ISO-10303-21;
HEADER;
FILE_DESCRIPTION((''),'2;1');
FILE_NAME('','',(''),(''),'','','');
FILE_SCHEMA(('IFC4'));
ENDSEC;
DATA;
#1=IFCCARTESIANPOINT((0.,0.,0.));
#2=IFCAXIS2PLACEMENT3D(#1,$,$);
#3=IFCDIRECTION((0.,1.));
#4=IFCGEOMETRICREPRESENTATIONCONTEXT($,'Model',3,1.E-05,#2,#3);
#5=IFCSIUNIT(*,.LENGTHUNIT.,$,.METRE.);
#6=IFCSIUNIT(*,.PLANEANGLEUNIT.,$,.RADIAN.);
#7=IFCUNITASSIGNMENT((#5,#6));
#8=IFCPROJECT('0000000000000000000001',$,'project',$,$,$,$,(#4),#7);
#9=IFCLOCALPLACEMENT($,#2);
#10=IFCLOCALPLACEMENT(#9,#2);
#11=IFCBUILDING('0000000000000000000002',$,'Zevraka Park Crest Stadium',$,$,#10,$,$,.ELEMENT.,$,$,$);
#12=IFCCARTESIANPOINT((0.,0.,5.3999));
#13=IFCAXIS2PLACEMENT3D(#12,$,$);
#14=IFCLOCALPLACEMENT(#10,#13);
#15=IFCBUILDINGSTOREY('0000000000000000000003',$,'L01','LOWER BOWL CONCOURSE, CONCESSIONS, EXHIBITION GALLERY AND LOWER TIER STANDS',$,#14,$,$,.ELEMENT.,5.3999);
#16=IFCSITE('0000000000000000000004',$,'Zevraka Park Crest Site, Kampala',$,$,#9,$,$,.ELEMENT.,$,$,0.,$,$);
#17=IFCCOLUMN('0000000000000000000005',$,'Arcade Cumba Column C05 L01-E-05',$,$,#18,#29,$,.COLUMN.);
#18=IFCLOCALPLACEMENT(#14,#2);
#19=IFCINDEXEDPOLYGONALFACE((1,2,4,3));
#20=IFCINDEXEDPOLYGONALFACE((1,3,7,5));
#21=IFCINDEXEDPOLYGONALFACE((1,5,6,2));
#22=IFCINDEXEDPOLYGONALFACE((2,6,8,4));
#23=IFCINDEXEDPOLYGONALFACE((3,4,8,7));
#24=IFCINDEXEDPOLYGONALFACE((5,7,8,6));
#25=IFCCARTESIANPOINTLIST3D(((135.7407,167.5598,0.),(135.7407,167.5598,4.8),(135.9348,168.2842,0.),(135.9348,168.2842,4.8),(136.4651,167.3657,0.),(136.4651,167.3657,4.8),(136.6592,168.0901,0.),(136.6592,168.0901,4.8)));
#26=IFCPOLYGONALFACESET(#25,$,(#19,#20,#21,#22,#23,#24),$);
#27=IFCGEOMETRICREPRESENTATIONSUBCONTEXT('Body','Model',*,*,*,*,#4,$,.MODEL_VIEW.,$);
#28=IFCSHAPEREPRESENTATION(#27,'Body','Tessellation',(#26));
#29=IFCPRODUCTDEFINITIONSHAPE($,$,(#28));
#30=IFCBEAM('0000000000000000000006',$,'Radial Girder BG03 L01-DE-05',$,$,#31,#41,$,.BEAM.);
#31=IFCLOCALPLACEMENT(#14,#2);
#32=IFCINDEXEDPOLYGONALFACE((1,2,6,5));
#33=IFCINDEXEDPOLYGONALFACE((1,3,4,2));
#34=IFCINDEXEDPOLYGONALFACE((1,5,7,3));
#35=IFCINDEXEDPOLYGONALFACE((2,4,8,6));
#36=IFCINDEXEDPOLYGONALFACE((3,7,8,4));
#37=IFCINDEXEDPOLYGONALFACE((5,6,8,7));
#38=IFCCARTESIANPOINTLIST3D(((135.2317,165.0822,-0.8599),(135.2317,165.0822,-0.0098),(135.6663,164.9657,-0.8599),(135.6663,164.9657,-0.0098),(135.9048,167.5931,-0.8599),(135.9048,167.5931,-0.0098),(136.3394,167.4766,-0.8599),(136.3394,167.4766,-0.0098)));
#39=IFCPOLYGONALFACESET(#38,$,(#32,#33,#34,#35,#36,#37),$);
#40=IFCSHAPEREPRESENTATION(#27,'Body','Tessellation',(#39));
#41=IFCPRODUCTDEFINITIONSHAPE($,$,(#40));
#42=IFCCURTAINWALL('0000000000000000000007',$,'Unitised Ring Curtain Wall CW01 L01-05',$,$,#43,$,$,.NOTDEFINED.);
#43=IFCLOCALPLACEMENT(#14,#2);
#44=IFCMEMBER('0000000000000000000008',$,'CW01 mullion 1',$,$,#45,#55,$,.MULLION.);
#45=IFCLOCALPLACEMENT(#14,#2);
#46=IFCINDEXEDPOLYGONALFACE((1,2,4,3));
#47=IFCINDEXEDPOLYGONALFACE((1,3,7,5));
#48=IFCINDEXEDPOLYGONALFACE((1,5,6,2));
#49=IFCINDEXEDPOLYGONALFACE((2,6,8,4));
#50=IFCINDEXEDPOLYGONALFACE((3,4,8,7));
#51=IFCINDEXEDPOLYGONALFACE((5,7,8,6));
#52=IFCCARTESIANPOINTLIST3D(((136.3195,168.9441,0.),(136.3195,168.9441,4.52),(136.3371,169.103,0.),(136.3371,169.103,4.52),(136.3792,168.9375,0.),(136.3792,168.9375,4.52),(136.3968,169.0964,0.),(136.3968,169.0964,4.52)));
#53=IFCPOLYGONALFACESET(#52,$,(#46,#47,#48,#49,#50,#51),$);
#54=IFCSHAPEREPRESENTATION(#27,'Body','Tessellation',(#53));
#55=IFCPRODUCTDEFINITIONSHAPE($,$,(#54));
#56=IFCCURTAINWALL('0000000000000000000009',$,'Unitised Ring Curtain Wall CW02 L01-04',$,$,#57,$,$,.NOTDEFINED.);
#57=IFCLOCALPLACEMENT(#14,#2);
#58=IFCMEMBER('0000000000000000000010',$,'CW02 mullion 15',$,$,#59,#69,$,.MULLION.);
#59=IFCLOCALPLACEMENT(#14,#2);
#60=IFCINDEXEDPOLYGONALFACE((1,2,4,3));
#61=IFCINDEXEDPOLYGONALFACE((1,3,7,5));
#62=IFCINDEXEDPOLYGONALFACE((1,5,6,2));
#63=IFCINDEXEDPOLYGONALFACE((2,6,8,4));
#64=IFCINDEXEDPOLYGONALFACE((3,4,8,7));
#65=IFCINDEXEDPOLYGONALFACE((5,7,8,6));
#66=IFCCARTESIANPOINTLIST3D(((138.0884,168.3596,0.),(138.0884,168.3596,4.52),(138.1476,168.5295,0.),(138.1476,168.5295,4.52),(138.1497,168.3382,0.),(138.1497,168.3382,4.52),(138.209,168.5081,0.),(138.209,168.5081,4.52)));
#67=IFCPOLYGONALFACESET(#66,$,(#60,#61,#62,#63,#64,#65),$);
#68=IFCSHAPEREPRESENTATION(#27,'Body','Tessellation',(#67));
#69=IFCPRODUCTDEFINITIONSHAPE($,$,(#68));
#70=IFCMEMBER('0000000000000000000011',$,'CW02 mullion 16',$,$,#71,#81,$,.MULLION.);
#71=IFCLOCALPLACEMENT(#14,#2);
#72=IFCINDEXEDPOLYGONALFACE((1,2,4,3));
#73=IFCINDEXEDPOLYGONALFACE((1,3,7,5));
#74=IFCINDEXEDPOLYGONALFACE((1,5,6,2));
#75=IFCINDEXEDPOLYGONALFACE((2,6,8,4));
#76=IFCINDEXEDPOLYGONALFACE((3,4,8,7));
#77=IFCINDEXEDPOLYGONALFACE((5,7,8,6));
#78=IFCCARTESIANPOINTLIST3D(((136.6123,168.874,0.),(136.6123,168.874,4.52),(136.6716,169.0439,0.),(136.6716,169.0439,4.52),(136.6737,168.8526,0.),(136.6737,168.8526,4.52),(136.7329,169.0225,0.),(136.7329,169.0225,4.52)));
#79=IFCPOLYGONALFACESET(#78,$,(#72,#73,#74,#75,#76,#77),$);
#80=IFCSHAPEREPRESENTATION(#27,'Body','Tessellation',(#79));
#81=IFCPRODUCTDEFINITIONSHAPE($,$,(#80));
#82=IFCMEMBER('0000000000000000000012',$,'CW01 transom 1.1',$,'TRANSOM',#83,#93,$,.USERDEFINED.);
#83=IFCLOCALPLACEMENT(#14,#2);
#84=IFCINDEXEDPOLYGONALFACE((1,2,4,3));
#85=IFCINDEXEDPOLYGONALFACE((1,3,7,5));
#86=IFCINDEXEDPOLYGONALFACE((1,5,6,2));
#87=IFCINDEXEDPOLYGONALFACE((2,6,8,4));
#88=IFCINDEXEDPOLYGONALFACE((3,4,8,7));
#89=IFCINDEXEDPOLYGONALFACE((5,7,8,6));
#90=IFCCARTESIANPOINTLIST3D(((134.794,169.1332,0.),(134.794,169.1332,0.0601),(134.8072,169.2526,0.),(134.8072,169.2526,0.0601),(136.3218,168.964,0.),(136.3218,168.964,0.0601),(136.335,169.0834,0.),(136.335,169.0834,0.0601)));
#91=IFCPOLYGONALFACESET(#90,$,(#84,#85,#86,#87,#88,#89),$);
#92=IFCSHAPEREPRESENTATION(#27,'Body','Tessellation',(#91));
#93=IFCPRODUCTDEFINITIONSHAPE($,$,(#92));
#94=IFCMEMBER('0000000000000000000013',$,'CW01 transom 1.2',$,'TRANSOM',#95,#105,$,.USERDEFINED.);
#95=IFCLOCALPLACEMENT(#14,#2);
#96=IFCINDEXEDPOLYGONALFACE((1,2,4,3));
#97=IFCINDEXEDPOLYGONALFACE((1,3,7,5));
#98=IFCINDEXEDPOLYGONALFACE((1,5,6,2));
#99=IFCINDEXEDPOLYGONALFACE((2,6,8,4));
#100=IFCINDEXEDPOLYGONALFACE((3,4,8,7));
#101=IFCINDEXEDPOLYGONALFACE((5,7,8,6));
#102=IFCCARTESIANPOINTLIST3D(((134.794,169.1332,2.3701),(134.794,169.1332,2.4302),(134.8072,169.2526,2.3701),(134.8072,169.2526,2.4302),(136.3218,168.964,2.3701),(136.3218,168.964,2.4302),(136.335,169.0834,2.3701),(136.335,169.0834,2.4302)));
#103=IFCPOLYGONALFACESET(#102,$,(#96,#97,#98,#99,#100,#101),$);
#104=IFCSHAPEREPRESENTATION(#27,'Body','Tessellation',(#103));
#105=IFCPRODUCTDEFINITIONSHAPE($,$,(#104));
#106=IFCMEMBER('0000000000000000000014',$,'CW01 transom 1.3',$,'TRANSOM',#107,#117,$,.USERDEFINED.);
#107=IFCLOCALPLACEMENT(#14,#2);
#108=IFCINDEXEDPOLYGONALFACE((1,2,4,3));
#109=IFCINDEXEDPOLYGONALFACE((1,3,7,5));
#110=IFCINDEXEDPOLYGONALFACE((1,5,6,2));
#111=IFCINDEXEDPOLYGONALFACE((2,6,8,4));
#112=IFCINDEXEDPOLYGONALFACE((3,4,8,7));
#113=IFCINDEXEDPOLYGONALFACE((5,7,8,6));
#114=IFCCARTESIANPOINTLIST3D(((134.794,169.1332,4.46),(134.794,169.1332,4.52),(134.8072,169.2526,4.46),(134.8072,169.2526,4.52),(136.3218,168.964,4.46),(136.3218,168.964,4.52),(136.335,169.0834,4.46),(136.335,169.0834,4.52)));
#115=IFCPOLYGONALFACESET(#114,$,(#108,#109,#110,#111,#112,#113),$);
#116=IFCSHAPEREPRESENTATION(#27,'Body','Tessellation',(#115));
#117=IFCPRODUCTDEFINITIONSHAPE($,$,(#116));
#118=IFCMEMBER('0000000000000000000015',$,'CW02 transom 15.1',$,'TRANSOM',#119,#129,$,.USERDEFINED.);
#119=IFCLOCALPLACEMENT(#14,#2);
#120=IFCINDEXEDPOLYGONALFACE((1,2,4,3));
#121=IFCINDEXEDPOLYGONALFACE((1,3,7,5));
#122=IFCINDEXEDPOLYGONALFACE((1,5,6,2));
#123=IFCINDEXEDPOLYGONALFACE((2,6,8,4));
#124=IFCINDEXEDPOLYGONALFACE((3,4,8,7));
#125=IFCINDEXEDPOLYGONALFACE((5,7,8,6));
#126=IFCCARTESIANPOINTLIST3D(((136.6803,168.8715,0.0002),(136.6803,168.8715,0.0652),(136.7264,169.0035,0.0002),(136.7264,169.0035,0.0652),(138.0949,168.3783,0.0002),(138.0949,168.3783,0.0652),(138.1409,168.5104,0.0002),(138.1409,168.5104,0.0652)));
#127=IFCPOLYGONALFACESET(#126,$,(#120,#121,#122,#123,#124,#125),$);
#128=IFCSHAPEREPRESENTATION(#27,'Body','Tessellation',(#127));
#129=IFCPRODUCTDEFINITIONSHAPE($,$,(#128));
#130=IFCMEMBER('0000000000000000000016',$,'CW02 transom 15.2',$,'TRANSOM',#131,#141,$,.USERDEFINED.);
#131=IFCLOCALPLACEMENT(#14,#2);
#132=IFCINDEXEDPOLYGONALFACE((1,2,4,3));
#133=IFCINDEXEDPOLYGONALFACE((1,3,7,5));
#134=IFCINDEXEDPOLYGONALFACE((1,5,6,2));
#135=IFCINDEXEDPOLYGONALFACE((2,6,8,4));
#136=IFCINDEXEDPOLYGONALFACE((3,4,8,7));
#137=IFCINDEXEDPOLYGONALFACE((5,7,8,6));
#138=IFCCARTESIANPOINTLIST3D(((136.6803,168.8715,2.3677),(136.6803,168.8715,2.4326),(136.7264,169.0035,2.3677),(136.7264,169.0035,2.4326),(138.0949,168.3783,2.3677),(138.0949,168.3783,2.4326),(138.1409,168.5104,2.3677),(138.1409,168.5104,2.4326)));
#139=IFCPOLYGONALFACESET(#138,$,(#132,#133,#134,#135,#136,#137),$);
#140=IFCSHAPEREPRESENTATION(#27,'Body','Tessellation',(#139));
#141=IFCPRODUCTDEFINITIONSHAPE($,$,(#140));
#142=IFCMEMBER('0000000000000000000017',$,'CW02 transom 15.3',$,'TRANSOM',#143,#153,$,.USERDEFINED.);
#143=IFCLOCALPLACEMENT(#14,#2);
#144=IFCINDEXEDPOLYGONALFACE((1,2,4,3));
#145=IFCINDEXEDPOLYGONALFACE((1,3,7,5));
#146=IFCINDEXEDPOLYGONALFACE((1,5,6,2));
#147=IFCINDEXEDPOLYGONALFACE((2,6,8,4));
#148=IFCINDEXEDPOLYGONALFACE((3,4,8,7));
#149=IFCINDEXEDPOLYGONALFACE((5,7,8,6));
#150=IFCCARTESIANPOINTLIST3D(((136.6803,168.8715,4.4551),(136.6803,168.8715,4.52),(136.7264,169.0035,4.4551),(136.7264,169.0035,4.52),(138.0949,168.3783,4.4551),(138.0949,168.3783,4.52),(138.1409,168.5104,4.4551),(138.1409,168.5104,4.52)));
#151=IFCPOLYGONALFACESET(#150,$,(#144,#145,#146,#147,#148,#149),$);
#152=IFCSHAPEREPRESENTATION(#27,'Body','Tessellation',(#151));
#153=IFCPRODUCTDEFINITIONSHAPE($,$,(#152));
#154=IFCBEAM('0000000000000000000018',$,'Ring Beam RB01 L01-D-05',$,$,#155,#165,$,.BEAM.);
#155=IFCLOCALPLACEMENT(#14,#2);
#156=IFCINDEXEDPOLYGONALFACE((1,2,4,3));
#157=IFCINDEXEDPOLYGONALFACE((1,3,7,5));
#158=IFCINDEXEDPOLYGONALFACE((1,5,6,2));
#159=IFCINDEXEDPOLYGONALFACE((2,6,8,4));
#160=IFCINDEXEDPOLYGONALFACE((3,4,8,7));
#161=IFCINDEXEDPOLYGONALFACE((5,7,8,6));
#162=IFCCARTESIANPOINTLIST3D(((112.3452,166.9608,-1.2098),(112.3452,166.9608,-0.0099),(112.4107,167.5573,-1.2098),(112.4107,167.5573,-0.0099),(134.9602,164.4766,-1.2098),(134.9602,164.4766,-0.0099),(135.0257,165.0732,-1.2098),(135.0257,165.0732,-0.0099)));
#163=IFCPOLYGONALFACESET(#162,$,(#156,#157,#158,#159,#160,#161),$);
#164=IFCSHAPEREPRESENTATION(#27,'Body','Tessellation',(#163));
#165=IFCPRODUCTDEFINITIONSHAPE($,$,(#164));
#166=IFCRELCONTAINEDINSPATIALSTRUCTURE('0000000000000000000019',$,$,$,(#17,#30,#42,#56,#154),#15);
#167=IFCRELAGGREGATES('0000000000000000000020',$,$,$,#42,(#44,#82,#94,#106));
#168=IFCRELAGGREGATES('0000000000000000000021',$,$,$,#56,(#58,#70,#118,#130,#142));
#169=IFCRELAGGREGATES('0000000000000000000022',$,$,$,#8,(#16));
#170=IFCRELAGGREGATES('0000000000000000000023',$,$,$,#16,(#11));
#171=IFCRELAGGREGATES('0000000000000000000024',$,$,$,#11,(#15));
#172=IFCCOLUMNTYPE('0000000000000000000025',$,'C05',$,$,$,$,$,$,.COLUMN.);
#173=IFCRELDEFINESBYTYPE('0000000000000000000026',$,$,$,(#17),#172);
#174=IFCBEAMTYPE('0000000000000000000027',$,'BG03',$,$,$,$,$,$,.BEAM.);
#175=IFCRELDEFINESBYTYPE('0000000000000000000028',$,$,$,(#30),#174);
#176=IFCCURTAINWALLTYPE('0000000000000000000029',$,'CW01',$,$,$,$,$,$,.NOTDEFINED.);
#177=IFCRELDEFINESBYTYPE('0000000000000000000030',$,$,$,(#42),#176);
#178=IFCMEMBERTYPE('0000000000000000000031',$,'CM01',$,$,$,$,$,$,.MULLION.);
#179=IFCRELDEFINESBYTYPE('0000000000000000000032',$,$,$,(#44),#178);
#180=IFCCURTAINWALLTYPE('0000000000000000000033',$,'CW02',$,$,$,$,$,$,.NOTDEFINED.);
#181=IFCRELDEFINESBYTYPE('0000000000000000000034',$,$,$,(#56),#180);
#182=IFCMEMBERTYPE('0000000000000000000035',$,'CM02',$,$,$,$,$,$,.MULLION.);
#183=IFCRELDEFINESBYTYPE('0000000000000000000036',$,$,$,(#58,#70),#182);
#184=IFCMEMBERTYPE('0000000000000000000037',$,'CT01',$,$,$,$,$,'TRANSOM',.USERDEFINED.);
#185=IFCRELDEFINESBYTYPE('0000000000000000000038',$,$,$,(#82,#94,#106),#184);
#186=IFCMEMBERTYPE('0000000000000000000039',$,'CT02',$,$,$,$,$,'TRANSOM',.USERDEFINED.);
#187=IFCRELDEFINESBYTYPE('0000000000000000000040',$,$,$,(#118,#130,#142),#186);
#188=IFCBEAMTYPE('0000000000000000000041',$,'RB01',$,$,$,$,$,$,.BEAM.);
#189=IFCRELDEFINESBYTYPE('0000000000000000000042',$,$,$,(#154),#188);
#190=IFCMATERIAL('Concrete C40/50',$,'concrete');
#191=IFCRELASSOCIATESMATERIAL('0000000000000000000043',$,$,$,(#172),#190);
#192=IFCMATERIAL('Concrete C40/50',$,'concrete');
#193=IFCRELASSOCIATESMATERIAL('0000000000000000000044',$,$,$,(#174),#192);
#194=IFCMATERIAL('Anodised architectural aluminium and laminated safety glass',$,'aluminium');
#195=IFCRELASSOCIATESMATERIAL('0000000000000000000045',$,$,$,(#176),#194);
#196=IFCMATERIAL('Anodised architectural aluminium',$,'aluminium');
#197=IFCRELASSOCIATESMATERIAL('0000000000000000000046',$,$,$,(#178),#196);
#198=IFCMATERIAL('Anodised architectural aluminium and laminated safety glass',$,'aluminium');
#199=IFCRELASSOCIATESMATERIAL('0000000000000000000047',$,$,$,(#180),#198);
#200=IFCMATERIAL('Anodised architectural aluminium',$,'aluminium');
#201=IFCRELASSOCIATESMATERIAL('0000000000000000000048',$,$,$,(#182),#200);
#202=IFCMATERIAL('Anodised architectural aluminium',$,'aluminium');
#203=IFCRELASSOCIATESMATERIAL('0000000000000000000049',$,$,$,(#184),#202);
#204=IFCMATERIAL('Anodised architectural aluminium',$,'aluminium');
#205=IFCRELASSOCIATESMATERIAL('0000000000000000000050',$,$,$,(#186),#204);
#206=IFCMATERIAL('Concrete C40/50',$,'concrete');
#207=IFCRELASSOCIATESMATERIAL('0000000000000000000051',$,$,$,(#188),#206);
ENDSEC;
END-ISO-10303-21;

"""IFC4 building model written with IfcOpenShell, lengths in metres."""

from ifc_helpers import new_model, si_unit, direction, frame, origin, origin_2d, place, context, subcontext, project, spatial, rectangle, extrude, material, material_profile, profile_set, type_object, element, aggregate, save


model = new_model("IFC4")

# Units and contexts
model_context = context("Model", 3, precision=1e-05, world=origin(), true_north=direction((0.0, 1.0)))
body_context = subcontext(model_context, "Body", "Model", "MODEL_VIEW")
ifc_project = project(units=[si_unit("LENGTHUNIT", "METRE"), si_unit("PLANEANGLEUNIT", "RADIAN")], contexts=[model_context])

# Site, building, storey
site_placement = place(None, origin())
site = spatial("IfcSite", under=ifc_project, at=site_placement, Name="Zevraka Park Crest Site, Kampala", CompositionType="ELEMENT", RefElevation=0.0)
building_placement = place(site_placement, origin())
building = spatial("IfcBuilding", under=site, at=building_placement, Name="Zevraka Park Crest Stadium", CompositionType="ELEMENT")
storey_placement = place(building_placement, frame((0.0, 0.0, 5.3999)))
storey = spatial("IfcBuildingStorey", under=building, at=storey_placement, Name="L01", Description="LOWER BOWL CONCOURSE, CONCESSIONS, EXHIBITION GALLERY AND LOWER TIER STANDS", CompositionType="ELEMENT", Elevation=5.3999)

# Column
ifc_material_1 = material(Name="Concrete C40/50", Category="concrete")
ifc_material_profile_1 = material_profile(ifc_material_1, rectangle(XDim=0.75, YDim=0.75, at=origin_2d()), Name="RC 750x750")
ifc_profile_set_1 = profile_set([ifc_material_profile_1], Name="Concrete C40/50")
column_type = type_object("IfcColumnType", Name="C05", PredefinedType="COLUMN", material=ifc_profile_set_1)
column_placement = place(storey_placement, frame((136.2, 167.825, 0.0), z_axis=(0.0, 0.0, 1.0), x_axis=(0.258819, 0.965926, 0.0)))
element("IfcColumn", 1, at=column_placement, inside=storey, type_object=column_type, Name="Arcade Cumba Column C05 L01-E-05", PredefinedType="COLUMN", context=body_context, shape_type="SweptSolid", body=[
    extrude(rectangle(XDim=0.75, YDim=0.75, at=origin_2d()), origin(), (0.0, 0.0, 1.0), 4.8),
])

# Beam
ifc_material_2 = material(Name="Concrete C40/50", Category="concrete")
ifc_material_profile_2 = material_profile(ifc_material_2, rectangle(XDim=0.45, YDim=0.8501, at=origin_2d()), Name="RC 850x450")
ifc_profile_set_2 = profile_set([ifc_material_profile_2], Name="Concrete C40/50")
beam_type_1 = type_object("IfcBeamType", Name="BG03", PredefinedType="BEAM", material=ifc_profile_set_2)
beam_1_placement = place(storey_placement, frame((135.449, 165.0239, -0.4348), z_axis=(0.258919, 0.965899, 0.0), x_axis=(-0.965899, 0.258919, 0.0)))
element("IfcBeam", 2, at=beam_1_placement, inside=storey, type_object=beam_type_1, Name="Radial Girder BG03 L01-DE-05", PredefinedType="BEAM", context=body_context, shape_type="SweptSolid", body=[
    extrude(rectangle(XDim=0.45, YDim=0.8501, at=origin_2d()), origin(), (0.0, 0.0, 1.0), 2.5996),
])

# Curtain wall, member
ifc_material_3 = material(Name="Anodised architectural aluminium and laminated safety glass", Category="aluminium")
curtain_wall_type_1 = type_object("IfcCurtainWallType", Name="CW01", PredefinedType="NOTDEFINED", material=ifc_material_3)
curtain_wall_1_placement = place(storey_placement, origin())
curtain_wall_1 = element("IfcCurtainWall", 3, at=curtain_wall_1_placement, inside=storey, type_object=curtain_wall_type_1, Name="Unitised Ring Curtain Wall CW01 L01-05", PredefinedType="NOTDEFINED")
ifc_material_4 = material(Name="Anodised architectural aluminium", Category="aluminium")
ifc_material_profile_3 = material_profile(ifc_material_4, rectangle(XDim=0.1599, YDim=0.0601, at=origin_2d()), Name="ALU MULLION 160x60")
ifc_profile_set_3 = profile_set([ifc_material_profile_3], Name="Anodised architectural aluminium")
member_type_1 = type_object("IfcMemberType", Name="CM01", PredefinedType="MULLION", material=ifc_profile_set_3)
member_1_placement = place(storey_placement, frame((136.3582, 169.0203, 0.0), z_axis=(0.0, 0.0, 1.0), x_axis=(-0.110135, -0.993917, 0.0)))
member_1 = element("IfcMember", 4, at=member_1_placement, type_object=member_type_1, Name="CW01 mullion 1", PredefinedType="MULLION", context=body_context, shape_type="SweptSolid", body=[
    extrude(rectangle(XDim=0.1599, YDim=0.0601, at=origin_2d()), origin(), (0.0, 0.0, 1.0), 4.52),
])

# Curtain wall, members
ifc_material_5 = material(Name="Anodised architectural aluminium and laminated safety glass", Category="aluminium")
curtain_wall_type_2 = type_object("IfcCurtainWallType", Name="CW02", PredefinedType="NOTDEFINED", material=ifc_material_5)
curtain_wall_2_placement = place(storey_placement, origin())
curtain_wall_2 = element("IfcCurtainWall", 5, at=curtain_wall_2_placement, inside=storey, type_object=curtain_wall_type_2, Name="Unitised Ring Curtain Wall CW02 L01-04", PredefinedType="NOTDEFINED")
ifc_material_6 = material(Name="Anodised architectural aluminium", Category="aluminium")
ifc_material_profile_4 = material_profile(ifc_material_6, rectangle(XDim=0.1799, YDim=0.0649, at=origin_2d()), Name="ALU MULLION 180x65")
ifc_profile_set_4 = profile_set([ifc_material_profile_4], Name="Anodised architectural aluminium")
member_type_2 = type_object("IfcMemberType", Name="CM02", PredefinedType="MULLION", material=ifc_profile_set_4)
member_2_placement = place(storey_placement, frame((138.1487, 168.4338, 0.0), z_axis=(0.0, 0.0, 1.0), x_axis=(-0.329209, -0.944257, 0.0)))
member_2 = element("IfcMember", 6, at=member_2_placement, type_object=member_type_2, Name="CW02 mullion 15", PredefinedType="MULLION", context=body_context, shape_type="SweptSolid", body=[
    extrude(rectangle(XDim=0.1799, YDim=0.0649, at=origin_2d()), origin(), (0.0, 0.0, 1.0), 4.52),
])
member_3_placement = place(storey_placement, frame((136.6726, 168.9482, 0.0), z_axis=(0.0, 0.0, 1.0), x_axis=(-0.329209, -0.944257, 0.0)))
member_3 = element("IfcMember", 7, at=member_3_placement, type_object=member_type_2, Name="CW02 mullion 16", PredefinedType="MULLION", context=body_context, shape_type="SweptSolid", body=[
    extrude(rectangle(XDim=0.1799, YDim=0.0649, at=origin_2d()), origin(), (0.0, 0.0, 1.0), 4.52),
])

# Members
ifc_material_7 = material(Name="Anodised architectural aluminium", Category="aluminium")
ifc_material_profile_5 = material_profile(ifc_material_7, rectangle(XDim=0.1201, YDim=0.0601, at=origin_2d()), Name="ALU TRANSOM 120x60")
ifc_profile_set_5 = profile_set([ifc_material_profile_5], Name="Anodised architectural aluminium")
member_type_3 = type_object("IfcMemberType", Name="CT01", ElementType="TRANSOM", PredefinedType="USERDEFINED", material=ifc_profile_set_5)
member_4_placement = place(storey_placement, frame((136.3284, 169.0237, 0.03), z_axis=(-0.993924, 0.110065, 0.0), x_axis=(-0.110065, -0.993924, 0.0)))
member_4 = element("IfcMember", 8, at=member_4_placement, type_object=member_type_3, Name="CW01 transom 1.1", ObjectType="TRANSOM", PredefinedType="USERDEFINED", context=body_context, shape_type="SweptSolid", body=[
    extrude(rectangle(XDim=0.1201, YDim=0.0601, at=origin_2d()), origin(), (0.0, 0.0, 1.0), 1.5371),
])
member_5_placement = place(storey_placement, frame((136.3284, 169.0237, 2.4001), z_axis=(-0.993924, 0.110065, 0.0), x_axis=(-0.110065, -0.993924, 0.0)))
member_5 = element("IfcMember", 9, at=member_5_placement, type_object=member_type_3, Name="CW01 transom 1.2", ObjectType="TRANSOM", PredefinedType="USERDEFINED", context=body_context, shape_type="SweptSolid", body=[
    extrude(rectangle(XDim=0.1201, YDim=0.0601, at=origin_2d()), origin(), (0.0, 0.0, 1.0), 1.5371),
])
member_6_placement = place(storey_placement, frame((136.3284, 169.0237, 4.49), z_axis=(-0.993924, 0.110065, 0.0), x_axis=(-0.110065, -0.993924, 0.0)))
member_6 = element("IfcMember", 10, at=member_6_placement, type_object=member_type_3, Name="CW01 transom 1.3", ObjectType="TRANSOM", PredefinedType="USERDEFINED", context=body_context, shape_type="SweptSolid", body=[
    extrude(rectangle(XDim=0.1201, YDim=0.0601, at=origin_2d()), origin(), (0.0, 0.0, 1.0), 1.5371),
])
ifc_material_8 = material(Name="Anodised architectural aluminium", Category="aluminium")
ifc_material_profile_6 = material_profile(ifc_material_8, rectangle(XDim=0.1399, YDim=0.0649, at=origin_2d()), Name="ALU TRANSOM 140x65")
ifc_profile_set_6 = profile_set([ifc_material_profile_6], Name="Anodised architectural aluminium")
member_type_4 = type_object("IfcMemberType", Name="CT02", ElementType="TRANSOM", PredefinedType="USERDEFINED", material=ifc_profile_set_6)
member_7_placement = place(storey_placement, frame((138.1179, 168.4443, 0.0327), z_axis=(-0.944259, 0.329203, 0.0), x_axis=(-0.329203, -0.944259, 0.0)))
member_7 = element("IfcMember", 11, at=member_7_placement, type_object=member_type_4, Name="CW02 transom 15.1", ObjectType="TRANSOM", PredefinedType="USERDEFINED", context=body_context, shape_type="SweptSolid", body=[
    extrude(rectangle(XDim=0.1399, YDim=0.0649, at=origin_2d()), origin(), (0.0, 0.0, 1.0), 1.498),
])
member_8_placement = place(storey_placement, frame((138.1179, 168.4443, 2.4001), z_axis=(-0.944259, 0.329203, 0.0), x_axis=(-0.329203, -0.944259, 0.0)))
member_8 = element("IfcMember", 12, at=member_8_placement, type_object=member_type_4, Name="CW02 transom 15.2", ObjectType="TRANSOM", PredefinedType="USERDEFINED", context=body_context, shape_type="SweptSolid", body=[
    extrude(rectangle(XDim=0.1399, YDim=0.0649, at=origin_2d()), origin(), (0.0, 0.0, 1.0), 1.498),
])
member_9_placement = place(storey_placement, frame((138.1179, 168.4443, 4.4875), z_axis=(-0.944259, 0.329203, 0.0), x_axis=(-0.329203, -0.944259, 0.0)))
member_9 = element("IfcMember", 13, at=member_9_placement, type_object=member_type_4, Name="CW02 transom 15.3", ObjectType="TRANSOM", PredefinedType="USERDEFINED", context=body_context, shape_type="SweptSolid", body=[
    extrude(rectangle(XDim=0.1399, YDim=0.0649, at=origin_2d()), origin(), (0.0, 0.0, 1.0), 1.498),
])

# Beam
ifc_material_9 = material(Name="Concrete C40/50", Category="concrete")
ifc_material_profile_7 = material_profile(ifc_material_9, rectangle(XDim=0.6001, YDim=1.2, at=origin_2d()), Name="RC 1200x600")
ifc_profile_set_7 = profile_set([ifc_material_profile_7], Name="Concrete C40/50")
beam_type_2 = type_object("IfcBeamType", Name="RB01", PredefinedType="BEAM", material=ifc_profile_set_7)
beam_2_placement = place(storey_placement, frame((134.9929, 164.7749, -0.6099), z_axis=(-0.994021, 0.109188, 0.0), x_axis=(-0.109188, -0.994021, 0.0)))
element("IfcBeam", 14, at=beam_2_placement, inside=storey, type_object=beam_type_2, Name="Ring Beam RB01 L01-D-05", PredefinedType="BEAM", context=body_context, shape_type="SweptSolid", body=[
    extrude(rectangle(XDim=0.6001, YDim=1.2, at=origin_2d()), origin(), (0.0, 0.0, 1.0), 22.751),
])

aggregate(curtain_wall_1, [member_1, member_4, member_5, member_6])
aggregate(curtain_wall_2, [member_2, member_3, member_7, member_8, member_9])

save(model, "model.ifc")
